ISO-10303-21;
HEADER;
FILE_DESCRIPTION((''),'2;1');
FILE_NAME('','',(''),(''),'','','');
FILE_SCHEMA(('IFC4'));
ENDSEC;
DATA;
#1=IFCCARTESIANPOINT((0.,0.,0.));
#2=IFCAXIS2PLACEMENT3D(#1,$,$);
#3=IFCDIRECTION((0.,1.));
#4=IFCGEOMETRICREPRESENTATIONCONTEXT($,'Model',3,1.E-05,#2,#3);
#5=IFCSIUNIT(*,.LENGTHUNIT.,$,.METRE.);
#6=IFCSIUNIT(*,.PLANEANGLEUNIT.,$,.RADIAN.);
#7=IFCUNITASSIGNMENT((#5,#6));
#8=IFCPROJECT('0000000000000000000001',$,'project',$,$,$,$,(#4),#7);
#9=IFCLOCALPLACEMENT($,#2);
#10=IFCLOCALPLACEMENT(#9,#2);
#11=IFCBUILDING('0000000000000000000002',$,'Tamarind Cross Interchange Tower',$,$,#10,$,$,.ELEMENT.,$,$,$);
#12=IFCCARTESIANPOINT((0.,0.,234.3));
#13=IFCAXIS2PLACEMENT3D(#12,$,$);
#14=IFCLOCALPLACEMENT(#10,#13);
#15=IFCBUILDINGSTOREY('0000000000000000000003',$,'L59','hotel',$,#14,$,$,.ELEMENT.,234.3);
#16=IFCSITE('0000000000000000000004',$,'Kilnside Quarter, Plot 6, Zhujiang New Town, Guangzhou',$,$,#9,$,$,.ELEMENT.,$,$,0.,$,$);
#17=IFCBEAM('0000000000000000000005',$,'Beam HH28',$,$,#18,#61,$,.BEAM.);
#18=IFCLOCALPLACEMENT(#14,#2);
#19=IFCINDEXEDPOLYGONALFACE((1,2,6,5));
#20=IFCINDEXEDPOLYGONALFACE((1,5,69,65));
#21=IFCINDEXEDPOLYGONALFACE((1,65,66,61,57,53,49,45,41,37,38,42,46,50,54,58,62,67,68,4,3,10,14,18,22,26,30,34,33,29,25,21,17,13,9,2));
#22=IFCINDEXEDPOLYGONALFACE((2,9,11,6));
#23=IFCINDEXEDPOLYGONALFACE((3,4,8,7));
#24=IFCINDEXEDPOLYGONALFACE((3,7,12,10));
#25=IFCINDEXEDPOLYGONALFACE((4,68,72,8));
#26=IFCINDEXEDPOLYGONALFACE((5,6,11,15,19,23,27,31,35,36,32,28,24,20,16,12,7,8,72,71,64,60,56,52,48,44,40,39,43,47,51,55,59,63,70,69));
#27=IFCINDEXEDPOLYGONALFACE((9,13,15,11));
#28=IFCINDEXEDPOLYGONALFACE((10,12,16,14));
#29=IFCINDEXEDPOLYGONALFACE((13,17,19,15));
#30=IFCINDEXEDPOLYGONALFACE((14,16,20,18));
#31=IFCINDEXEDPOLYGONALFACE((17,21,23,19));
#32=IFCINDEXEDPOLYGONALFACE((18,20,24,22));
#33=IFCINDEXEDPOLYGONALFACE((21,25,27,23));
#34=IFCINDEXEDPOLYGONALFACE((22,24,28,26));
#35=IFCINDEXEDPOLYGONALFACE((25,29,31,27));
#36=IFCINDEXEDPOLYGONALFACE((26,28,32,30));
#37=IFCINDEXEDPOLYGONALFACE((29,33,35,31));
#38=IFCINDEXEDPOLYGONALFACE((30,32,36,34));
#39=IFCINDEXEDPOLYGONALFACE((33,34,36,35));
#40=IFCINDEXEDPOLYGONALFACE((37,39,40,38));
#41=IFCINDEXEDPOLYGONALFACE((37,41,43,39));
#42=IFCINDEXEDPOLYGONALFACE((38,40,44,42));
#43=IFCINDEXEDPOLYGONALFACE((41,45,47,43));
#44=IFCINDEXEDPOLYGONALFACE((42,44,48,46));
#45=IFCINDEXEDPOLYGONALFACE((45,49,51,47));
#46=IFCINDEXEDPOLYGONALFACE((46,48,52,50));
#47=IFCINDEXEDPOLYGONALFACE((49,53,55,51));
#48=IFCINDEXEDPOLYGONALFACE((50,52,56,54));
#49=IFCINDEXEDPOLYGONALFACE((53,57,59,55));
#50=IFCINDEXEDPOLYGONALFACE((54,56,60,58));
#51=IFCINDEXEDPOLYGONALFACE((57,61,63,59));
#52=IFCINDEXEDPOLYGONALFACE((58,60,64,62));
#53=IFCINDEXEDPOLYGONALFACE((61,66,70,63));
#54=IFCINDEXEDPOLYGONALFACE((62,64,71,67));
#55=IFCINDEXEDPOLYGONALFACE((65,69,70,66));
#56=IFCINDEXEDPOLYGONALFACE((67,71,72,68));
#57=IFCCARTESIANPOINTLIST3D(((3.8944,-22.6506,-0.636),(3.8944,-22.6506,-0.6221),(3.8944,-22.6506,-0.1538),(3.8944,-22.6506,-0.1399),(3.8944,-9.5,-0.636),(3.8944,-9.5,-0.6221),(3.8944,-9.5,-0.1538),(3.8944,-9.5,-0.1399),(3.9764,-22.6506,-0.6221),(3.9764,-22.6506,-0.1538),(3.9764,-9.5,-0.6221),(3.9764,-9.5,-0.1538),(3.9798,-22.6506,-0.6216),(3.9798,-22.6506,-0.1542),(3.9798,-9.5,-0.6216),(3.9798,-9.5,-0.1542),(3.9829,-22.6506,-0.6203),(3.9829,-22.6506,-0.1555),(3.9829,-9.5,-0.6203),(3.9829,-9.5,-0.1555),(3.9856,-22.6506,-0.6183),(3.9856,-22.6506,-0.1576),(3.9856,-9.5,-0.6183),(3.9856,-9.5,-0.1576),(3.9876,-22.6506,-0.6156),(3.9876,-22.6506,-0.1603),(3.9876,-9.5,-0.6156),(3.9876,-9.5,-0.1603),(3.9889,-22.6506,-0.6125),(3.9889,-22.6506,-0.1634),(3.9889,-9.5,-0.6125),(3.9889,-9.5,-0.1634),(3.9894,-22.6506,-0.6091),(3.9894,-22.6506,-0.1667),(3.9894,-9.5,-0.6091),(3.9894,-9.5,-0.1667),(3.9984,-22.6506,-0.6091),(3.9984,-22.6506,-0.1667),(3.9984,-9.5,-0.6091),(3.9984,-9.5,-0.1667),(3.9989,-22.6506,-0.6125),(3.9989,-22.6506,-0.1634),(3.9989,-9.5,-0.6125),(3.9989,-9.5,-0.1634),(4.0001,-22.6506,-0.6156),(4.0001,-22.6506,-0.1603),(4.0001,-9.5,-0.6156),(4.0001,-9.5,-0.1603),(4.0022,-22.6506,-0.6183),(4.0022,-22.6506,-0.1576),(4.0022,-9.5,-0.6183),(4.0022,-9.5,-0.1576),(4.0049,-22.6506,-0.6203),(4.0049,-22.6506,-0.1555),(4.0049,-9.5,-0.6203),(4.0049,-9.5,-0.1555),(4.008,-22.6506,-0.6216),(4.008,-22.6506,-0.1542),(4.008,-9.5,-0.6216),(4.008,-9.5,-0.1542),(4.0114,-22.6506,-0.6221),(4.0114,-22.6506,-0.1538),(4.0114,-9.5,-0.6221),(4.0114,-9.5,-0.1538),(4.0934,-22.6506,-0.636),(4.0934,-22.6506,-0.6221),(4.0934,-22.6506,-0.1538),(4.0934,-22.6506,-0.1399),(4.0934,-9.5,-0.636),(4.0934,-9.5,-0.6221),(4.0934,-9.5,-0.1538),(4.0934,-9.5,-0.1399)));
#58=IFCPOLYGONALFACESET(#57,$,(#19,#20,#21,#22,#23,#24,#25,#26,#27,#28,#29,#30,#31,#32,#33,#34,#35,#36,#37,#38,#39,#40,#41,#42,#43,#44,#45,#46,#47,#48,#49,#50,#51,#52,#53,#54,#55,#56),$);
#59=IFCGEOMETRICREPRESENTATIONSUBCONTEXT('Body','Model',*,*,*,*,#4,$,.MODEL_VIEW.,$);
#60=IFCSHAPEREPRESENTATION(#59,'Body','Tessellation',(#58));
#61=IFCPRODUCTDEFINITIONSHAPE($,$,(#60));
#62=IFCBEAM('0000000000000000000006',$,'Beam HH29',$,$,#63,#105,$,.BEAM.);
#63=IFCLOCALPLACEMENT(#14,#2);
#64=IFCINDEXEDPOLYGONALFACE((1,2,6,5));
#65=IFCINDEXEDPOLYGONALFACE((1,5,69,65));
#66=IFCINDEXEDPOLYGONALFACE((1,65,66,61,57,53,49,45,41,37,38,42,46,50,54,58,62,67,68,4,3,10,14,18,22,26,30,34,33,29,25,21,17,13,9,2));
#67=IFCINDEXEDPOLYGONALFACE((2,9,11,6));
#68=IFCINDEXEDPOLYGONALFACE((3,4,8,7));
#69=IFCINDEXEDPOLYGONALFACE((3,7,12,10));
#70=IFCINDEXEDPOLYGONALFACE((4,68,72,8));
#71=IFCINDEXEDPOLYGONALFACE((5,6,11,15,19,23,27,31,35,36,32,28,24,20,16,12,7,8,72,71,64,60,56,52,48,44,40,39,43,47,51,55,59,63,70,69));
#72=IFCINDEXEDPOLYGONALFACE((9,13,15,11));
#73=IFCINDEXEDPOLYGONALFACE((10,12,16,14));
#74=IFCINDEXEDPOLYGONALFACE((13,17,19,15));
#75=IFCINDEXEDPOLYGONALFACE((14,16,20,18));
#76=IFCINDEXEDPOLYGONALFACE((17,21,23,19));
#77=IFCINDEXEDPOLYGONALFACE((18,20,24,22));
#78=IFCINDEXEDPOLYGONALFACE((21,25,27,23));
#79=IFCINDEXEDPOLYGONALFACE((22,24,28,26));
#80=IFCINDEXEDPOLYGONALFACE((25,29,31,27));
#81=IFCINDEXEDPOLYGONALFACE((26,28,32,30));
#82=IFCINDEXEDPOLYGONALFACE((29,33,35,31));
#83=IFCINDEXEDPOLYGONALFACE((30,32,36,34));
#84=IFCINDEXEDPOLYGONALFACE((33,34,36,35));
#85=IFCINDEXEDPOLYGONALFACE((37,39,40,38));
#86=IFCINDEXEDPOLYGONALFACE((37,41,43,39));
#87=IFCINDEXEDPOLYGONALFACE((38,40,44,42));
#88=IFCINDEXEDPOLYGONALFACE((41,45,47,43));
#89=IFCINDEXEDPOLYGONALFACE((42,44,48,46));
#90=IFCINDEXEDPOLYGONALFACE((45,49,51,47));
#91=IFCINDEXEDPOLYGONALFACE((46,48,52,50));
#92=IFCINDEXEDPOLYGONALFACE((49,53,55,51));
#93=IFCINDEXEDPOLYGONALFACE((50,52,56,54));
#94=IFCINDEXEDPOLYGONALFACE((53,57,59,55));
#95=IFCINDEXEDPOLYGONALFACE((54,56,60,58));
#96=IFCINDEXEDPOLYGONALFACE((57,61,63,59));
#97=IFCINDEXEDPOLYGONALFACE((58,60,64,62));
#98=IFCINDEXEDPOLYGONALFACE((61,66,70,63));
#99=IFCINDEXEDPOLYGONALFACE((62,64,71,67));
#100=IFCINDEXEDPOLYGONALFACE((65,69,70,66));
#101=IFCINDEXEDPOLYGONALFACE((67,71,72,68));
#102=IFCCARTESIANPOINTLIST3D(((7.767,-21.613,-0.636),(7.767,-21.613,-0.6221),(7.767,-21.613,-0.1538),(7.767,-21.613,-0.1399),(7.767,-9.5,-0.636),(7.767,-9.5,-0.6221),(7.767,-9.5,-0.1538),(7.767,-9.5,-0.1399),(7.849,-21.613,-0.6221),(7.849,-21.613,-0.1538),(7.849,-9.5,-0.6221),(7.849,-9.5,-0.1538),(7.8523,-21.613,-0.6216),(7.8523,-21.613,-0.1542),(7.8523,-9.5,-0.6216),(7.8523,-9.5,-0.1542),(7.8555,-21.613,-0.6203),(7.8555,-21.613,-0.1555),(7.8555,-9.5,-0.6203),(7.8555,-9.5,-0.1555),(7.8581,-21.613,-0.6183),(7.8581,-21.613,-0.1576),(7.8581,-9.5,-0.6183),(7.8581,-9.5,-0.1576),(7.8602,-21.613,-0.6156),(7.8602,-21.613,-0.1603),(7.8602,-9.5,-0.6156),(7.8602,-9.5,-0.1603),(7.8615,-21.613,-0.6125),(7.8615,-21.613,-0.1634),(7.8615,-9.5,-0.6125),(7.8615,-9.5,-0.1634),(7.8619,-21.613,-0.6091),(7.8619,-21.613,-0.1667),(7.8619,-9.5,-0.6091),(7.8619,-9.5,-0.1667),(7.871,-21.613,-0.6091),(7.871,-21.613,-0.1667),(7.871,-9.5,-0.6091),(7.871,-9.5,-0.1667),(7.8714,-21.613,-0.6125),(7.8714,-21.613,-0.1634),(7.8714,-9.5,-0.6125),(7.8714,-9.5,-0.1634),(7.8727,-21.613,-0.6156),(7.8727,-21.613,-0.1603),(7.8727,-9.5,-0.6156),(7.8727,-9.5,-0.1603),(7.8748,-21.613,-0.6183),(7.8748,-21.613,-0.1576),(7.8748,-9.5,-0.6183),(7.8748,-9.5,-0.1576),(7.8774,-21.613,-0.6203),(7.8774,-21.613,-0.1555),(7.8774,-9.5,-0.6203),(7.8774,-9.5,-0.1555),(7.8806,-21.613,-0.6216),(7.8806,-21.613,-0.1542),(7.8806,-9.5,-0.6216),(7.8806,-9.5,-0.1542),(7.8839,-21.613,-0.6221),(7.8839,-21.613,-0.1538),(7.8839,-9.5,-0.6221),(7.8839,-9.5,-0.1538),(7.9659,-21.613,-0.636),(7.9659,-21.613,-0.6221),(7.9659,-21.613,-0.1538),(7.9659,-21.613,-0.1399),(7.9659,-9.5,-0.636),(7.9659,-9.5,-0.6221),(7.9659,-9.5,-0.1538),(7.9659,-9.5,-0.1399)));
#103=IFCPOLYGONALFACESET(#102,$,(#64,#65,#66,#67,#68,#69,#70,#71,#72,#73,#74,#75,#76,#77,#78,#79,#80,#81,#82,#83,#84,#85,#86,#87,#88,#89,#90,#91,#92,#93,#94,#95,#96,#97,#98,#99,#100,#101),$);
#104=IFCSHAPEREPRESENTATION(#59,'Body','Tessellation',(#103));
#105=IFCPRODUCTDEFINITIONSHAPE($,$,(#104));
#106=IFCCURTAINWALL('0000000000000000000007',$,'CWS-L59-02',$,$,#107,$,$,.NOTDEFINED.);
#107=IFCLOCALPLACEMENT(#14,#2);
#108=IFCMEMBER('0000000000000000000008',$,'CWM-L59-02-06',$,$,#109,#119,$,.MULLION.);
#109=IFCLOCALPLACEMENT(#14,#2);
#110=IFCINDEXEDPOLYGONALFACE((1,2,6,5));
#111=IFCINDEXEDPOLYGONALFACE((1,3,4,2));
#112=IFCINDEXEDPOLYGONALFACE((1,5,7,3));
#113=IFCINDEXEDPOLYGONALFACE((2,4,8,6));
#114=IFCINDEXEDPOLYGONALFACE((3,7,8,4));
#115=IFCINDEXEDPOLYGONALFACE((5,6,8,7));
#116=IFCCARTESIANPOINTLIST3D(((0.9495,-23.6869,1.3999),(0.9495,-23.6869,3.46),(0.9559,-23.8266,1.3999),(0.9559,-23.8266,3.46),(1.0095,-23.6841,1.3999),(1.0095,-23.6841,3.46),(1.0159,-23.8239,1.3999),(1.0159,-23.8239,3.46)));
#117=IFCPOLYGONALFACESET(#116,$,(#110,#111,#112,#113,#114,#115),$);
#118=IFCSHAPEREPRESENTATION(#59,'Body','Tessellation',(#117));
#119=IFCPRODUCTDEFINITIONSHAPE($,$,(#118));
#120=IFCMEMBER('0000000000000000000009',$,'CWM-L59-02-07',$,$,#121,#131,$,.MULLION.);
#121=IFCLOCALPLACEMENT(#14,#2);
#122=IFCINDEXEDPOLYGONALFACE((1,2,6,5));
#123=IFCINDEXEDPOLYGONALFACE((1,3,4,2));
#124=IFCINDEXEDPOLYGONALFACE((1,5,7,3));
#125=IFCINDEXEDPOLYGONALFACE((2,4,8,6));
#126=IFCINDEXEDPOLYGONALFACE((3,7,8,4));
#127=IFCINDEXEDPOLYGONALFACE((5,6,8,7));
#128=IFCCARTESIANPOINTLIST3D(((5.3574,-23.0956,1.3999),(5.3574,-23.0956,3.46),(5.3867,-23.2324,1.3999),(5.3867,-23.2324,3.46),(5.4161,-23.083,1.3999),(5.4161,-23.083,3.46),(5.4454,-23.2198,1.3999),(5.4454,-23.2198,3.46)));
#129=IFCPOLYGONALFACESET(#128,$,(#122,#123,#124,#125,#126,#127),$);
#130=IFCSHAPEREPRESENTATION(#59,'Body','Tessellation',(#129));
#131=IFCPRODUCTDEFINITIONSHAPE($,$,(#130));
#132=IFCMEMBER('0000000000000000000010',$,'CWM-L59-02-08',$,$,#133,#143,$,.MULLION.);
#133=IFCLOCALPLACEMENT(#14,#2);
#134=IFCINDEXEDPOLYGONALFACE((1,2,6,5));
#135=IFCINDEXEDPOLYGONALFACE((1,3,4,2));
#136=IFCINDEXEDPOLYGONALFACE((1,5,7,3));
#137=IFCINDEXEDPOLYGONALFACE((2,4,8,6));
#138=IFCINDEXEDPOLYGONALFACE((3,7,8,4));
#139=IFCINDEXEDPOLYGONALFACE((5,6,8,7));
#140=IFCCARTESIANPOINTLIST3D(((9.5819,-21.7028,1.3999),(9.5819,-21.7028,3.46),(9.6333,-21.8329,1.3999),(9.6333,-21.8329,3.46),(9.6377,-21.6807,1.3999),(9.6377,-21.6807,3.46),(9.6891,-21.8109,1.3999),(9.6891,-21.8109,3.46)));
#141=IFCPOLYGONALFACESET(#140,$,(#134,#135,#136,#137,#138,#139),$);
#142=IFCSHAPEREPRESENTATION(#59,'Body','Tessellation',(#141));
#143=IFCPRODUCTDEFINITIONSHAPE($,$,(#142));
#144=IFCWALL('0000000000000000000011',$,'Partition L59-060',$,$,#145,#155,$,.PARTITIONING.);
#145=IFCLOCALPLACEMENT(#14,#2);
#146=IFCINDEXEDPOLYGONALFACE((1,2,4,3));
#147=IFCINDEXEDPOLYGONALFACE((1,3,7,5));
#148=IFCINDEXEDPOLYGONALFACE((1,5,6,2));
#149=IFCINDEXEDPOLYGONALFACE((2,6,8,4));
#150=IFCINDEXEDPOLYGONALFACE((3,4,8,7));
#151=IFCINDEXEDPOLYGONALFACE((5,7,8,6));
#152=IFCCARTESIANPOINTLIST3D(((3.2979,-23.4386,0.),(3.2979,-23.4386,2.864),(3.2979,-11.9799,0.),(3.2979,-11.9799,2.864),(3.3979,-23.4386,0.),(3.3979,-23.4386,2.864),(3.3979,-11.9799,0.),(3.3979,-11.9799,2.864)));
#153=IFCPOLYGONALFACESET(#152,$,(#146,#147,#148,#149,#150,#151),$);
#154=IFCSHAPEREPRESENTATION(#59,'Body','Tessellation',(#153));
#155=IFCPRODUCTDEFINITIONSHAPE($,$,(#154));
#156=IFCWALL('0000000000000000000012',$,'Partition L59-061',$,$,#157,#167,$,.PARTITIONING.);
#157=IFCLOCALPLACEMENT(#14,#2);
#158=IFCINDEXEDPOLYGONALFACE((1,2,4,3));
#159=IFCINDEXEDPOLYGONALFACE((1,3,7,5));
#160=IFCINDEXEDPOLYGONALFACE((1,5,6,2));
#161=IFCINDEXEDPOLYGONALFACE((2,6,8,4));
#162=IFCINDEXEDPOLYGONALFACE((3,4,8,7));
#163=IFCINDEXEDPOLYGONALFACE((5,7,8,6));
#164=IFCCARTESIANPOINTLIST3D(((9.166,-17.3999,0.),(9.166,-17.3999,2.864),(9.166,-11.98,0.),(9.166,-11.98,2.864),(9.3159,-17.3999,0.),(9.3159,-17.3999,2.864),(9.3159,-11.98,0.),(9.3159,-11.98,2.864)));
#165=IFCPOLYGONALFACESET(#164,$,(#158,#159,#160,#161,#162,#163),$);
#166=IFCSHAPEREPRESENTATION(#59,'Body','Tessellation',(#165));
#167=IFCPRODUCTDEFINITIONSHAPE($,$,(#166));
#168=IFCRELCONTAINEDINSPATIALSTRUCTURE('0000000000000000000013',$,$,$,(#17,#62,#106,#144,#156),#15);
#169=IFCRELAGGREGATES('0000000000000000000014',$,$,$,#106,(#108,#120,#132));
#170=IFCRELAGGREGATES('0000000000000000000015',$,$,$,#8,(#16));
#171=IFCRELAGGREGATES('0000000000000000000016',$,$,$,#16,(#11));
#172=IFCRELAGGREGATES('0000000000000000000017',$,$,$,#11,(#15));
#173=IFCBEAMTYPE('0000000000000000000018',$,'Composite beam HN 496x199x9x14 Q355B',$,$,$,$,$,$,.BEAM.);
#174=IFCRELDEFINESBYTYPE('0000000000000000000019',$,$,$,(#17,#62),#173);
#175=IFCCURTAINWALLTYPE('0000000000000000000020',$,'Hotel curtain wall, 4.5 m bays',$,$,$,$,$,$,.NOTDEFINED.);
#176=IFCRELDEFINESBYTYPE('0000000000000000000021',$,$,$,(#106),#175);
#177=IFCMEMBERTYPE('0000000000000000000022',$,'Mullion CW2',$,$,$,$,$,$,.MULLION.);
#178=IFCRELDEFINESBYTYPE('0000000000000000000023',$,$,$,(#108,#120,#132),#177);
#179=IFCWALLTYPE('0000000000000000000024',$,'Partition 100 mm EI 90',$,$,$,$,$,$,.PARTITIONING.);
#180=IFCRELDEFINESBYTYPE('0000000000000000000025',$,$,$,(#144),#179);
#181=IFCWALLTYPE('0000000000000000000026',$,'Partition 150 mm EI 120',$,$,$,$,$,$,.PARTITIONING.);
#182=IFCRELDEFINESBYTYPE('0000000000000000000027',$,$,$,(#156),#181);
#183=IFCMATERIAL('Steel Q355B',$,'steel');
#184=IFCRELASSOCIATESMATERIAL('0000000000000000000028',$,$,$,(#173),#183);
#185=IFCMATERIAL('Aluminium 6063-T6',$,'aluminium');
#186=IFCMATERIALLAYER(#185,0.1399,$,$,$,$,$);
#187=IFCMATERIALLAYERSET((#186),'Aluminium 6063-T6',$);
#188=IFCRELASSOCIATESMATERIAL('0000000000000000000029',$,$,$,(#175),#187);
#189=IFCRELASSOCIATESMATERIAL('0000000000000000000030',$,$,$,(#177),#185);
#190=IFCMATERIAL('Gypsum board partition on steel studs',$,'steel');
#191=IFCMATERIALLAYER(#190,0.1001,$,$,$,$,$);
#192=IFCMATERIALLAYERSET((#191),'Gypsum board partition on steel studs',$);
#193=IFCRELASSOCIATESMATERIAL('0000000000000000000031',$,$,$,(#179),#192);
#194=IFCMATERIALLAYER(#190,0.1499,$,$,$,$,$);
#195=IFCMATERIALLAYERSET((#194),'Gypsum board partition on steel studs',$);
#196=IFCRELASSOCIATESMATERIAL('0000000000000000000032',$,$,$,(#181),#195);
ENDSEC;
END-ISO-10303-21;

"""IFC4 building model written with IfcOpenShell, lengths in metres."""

from ifc_helpers import new_model, si_unit, direction, frame, frame_2d, origin, origin_2d, place, context, subcontext, project, spatial, rectangle, i_section, extrude, material, layer, layer_set, material_profile, profile_set, type_object, element, aggregate, save


model = new_model("IFC4")

# Units and contexts
model_context = context("Model", 3, precision=1e-05, world=origin(), true_north=direction((0.0, 1.0)))
body_context = subcontext(model_context, "Body", "Model", "MODEL_VIEW")
ifc_project = project(units=[si_unit("LENGTHUNIT", "METRE"), si_unit("PLANEANGLEUNIT", "RADIAN")], contexts=[model_context])

# Site, building, storey
site_placement = place(None, origin())
site = spatial("IfcSite", under=ifc_project, at=site_placement, Name="Kilnside Quarter, Plot 6, Zhujiang New Town, Guangzhou", CompositionType="ELEMENT", RefElevation=0.0)
building_placement = place(site_placement, origin())
building = spatial("IfcBuilding", under=site, at=building_placement, Name="Tamarind Cross Interchange Tower", CompositionType="ELEMENT")
storey_placement = place(building_placement, frame((0.0, 0.0, 234.3)))
storey = spatial("IfcBuildingStorey", under=building, at=storey_placement, Name="L59", Description="hotel", CompositionType="ELEMENT", Elevation=234.3)

# Beams
ifc_material_1 = material(Name="Steel Q355B", Category="steel")
ifc_material_profile_1 = material_profile(ifc_material_1, i_section(OverallWidth=0.199, OverallDepth=0.4961, WebThickness=0.009, FlangeThickness=0.0139, FilletRadius=0.0129, at=origin_2d()), Name="HN 496x199x9x14")
ifc_profile_set_1 = profile_set([ifc_material_profile_1], Name="Steel Q355B")
beam_type = type_object("IfcBeamType", Name="Composite beam HN 496x199x9x14 Q355B", PredefinedType="BEAM", material=ifc_profile_set_1)
beam_1_placement = place(storey_placement, frame((3.9939, -22.6506, -0.3879), z_axis=(0.0, 1.0, 0.0), x_axis=(-1.0, 0.0, 0.0)))
element("IfcBeam", 1, at=beam_1_placement, inside=storey, type_object=beam_type, Name="Beam HH28", PredefinedType="BEAM", context=body_context, shape_type="SweptSolid", body=[
    extrude(i_section(OverallWidth=0.199, OverallDepth=0.4961, WebThickness=0.009, FlangeThickness=0.0139, FilletRadius=0.0129, at=origin_2d()), origin(), (0.0, 0.0, 1.0), 13.1506),
])
beam_2_placement = place(storey_placement, frame((7.8665, -21.613, -0.3879), z_axis=(0.0, 1.0, 0.0), x_axis=(-1.0, 0.0, 0.0)))
element("IfcBeam", 2, at=beam_2_placement, inside=storey, type_object=beam_type, Name="Beam HH29", PredefinedType="BEAM", context=body_context, shape_type="SweptSolid", body=[
    extrude(i_section(OverallWidth=0.199, OverallDepth=0.4961, WebThickness=0.009, FlangeThickness=0.0139, FilletRadius=0.0129, at=origin_2d()), origin(), (0.0, 0.0, 1.0), 12.113),
])

# Curtain wall, members
ifc_material_2 = material(Name="Aluminium 6063-T6", Category="aluminium")
ifc_layer_1 = layer(ifc_material_2, 0.1399)
ifc_layer_set_1 = layer_set([ifc_layer_1], Name="Aluminium 6063-T6")
curtain_wall_type = type_object("IfcCurtainWallType", Name="Hotel curtain wall, 4.5 m bays", PredefinedType="NOTDEFINED", material=ifc_layer_set_1)
curtain_wall_placement = place(storey_placement, origin())
curtain_wall = element("IfcCurtainWall", 3, at=curtain_wall_placement, inside=storey, type_object=curtain_wall_type, Name="CWS-L59-02", PredefinedType="NOTDEFINED")
ifc_material_profile_2 = material_profile(ifc_material_2, rectangle(XDim=0.0601, YDim=0.1399, at=origin_2d()), Name="Mullion CW2")
ifc_profile_set_2 = profile_set([ifc_material_profile_2], Name="Aluminium 6063-T6")
member_type = type_object("IfcMemberType", Name="Mullion CW2", PredefinedType="MULLION", material=ifc_profile_set_2)
member_1_placement = place(storey_placement, frame((0.9827, -23.7554, 1.3999), z_axis=(0.0, 0.0, 1.0), x_axis=(0.998959, 0.045624, 0.0)))
member_1 = element("IfcMember", 4, at=member_1_placement, type_object=member_type, Name="CWM-L59-02-06", PredefinedType="MULLION", context=body_context, shape_type="SweptSolid", body=[
    extrude(rectangle(XDim=0.0601, YDim=0.1399, at=origin_2d()), origin(), (0.0, 0.0, 1.0), 2.0601),
])
member_2_placement = place(storey_placement, frame((5.4014, -23.1577, 1.3999), z_axis=(0.0, 0.0, 1.0), x_axis=(0.977825, 0.209425, 0.0)))
member_2 = element("IfcMember", 5, at=member_2_placement, type_object=member_type, Name="CWM-L59-02-07", PredefinedType="MULLION", context=body_context, shape_type="SweptSolid", body=[
    extrude(rectangle(XDim=0.0601, YDim=0.1399, at=origin_2d()), origin(), (0.0, 0.0, 1.0), 2.0601),
])
member_3_placement = place(storey_placement, frame((9.6355, -21.7568, 1.3999), z_axis=(0.0, 0.0, 1.0), x_axis=(0.930018, 0.367514, 0.0)))
member_3 = element("IfcMember", 6, at=member_3_placement, type_object=member_type, Name="CWM-L59-02-08", PredefinedType="MULLION", context=body_context, shape_type="SweptSolid", body=[
    extrude(rectangle(XDim=0.0601, YDim=0.1399, at=origin_2d()), origin(), (0.0, 0.0, 1.0), 2.0601),
])
aggregate(curtain_wall, [member_1, member_2, member_3])

# Walls
ifc_material_3 = material(Name="Gypsum board partition on steel studs", Category="steel")
ifc_layer_2 = layer(ifc_material_3, 0.1001)
ifc_layer_set_2 = layer_set([ifc_layer_2], Name="Gypsum board partition on steel studs")
wall_type_1 = type_object("IfcWallType", Name="Partition 100 mm EI 90", PredefinedType="PARTITIONING", material=ifc_layer_set_2)
wall_1_placement = place(storey_placement, frame((3.3479, -23.4387, 0.0), z_axis=(0.0, 0.0, 1.0), x_axis=(0.0, 1.0, 0.0)))
element("IfcWall", 7, at=wall_1_placement, inside=storey, type_object=wall_type_1, Name="Partition L59-060", PredefinedType="PARTITIONING", context=body_context, shape_type="SweptSolid", body=[
    extrude(rectangle(XDim=11.4587, YDim=0.1001, at=frame_2d((5.7295, 0.0))), origin(), (0.0, 0.0, 1.0), 2.864),
])
ifc_layer_3 = layer(ifc_material_3, 0.1499)
ifc_layer_set_3 = layer_set([ifc_layer_3], Name="Gypsum board partition on steel studs")
wall_type_2 = type_object("IfcWallType", Name="Partition 150 mm EI 120", PredefinedType="PARTITIONING", material=ifc_layer_set_3)
wall_2_placement = place(storey_placement, frame((9.241, -17.3999, 0.0), z_axis=(0.0, 0.0, 1.0), x_axis=(0.0, 1.0, 0.0)))
element("IfcWall", 8, at=wall_2_placement, inside=storey, type_object=wall_type_2, Name="Partition L59-061", PredefinedType="PARTITIONING", context=body_context, shape_type="SweptSolid", body=[
    extrude(rectangle(XDim=5.4199, YDim=0.1499, at=frame_2d((2.71, 0.0))), origin(), (0.0, 0.0, 1.0), 2.864),
])

save(model, "model.ifc")
